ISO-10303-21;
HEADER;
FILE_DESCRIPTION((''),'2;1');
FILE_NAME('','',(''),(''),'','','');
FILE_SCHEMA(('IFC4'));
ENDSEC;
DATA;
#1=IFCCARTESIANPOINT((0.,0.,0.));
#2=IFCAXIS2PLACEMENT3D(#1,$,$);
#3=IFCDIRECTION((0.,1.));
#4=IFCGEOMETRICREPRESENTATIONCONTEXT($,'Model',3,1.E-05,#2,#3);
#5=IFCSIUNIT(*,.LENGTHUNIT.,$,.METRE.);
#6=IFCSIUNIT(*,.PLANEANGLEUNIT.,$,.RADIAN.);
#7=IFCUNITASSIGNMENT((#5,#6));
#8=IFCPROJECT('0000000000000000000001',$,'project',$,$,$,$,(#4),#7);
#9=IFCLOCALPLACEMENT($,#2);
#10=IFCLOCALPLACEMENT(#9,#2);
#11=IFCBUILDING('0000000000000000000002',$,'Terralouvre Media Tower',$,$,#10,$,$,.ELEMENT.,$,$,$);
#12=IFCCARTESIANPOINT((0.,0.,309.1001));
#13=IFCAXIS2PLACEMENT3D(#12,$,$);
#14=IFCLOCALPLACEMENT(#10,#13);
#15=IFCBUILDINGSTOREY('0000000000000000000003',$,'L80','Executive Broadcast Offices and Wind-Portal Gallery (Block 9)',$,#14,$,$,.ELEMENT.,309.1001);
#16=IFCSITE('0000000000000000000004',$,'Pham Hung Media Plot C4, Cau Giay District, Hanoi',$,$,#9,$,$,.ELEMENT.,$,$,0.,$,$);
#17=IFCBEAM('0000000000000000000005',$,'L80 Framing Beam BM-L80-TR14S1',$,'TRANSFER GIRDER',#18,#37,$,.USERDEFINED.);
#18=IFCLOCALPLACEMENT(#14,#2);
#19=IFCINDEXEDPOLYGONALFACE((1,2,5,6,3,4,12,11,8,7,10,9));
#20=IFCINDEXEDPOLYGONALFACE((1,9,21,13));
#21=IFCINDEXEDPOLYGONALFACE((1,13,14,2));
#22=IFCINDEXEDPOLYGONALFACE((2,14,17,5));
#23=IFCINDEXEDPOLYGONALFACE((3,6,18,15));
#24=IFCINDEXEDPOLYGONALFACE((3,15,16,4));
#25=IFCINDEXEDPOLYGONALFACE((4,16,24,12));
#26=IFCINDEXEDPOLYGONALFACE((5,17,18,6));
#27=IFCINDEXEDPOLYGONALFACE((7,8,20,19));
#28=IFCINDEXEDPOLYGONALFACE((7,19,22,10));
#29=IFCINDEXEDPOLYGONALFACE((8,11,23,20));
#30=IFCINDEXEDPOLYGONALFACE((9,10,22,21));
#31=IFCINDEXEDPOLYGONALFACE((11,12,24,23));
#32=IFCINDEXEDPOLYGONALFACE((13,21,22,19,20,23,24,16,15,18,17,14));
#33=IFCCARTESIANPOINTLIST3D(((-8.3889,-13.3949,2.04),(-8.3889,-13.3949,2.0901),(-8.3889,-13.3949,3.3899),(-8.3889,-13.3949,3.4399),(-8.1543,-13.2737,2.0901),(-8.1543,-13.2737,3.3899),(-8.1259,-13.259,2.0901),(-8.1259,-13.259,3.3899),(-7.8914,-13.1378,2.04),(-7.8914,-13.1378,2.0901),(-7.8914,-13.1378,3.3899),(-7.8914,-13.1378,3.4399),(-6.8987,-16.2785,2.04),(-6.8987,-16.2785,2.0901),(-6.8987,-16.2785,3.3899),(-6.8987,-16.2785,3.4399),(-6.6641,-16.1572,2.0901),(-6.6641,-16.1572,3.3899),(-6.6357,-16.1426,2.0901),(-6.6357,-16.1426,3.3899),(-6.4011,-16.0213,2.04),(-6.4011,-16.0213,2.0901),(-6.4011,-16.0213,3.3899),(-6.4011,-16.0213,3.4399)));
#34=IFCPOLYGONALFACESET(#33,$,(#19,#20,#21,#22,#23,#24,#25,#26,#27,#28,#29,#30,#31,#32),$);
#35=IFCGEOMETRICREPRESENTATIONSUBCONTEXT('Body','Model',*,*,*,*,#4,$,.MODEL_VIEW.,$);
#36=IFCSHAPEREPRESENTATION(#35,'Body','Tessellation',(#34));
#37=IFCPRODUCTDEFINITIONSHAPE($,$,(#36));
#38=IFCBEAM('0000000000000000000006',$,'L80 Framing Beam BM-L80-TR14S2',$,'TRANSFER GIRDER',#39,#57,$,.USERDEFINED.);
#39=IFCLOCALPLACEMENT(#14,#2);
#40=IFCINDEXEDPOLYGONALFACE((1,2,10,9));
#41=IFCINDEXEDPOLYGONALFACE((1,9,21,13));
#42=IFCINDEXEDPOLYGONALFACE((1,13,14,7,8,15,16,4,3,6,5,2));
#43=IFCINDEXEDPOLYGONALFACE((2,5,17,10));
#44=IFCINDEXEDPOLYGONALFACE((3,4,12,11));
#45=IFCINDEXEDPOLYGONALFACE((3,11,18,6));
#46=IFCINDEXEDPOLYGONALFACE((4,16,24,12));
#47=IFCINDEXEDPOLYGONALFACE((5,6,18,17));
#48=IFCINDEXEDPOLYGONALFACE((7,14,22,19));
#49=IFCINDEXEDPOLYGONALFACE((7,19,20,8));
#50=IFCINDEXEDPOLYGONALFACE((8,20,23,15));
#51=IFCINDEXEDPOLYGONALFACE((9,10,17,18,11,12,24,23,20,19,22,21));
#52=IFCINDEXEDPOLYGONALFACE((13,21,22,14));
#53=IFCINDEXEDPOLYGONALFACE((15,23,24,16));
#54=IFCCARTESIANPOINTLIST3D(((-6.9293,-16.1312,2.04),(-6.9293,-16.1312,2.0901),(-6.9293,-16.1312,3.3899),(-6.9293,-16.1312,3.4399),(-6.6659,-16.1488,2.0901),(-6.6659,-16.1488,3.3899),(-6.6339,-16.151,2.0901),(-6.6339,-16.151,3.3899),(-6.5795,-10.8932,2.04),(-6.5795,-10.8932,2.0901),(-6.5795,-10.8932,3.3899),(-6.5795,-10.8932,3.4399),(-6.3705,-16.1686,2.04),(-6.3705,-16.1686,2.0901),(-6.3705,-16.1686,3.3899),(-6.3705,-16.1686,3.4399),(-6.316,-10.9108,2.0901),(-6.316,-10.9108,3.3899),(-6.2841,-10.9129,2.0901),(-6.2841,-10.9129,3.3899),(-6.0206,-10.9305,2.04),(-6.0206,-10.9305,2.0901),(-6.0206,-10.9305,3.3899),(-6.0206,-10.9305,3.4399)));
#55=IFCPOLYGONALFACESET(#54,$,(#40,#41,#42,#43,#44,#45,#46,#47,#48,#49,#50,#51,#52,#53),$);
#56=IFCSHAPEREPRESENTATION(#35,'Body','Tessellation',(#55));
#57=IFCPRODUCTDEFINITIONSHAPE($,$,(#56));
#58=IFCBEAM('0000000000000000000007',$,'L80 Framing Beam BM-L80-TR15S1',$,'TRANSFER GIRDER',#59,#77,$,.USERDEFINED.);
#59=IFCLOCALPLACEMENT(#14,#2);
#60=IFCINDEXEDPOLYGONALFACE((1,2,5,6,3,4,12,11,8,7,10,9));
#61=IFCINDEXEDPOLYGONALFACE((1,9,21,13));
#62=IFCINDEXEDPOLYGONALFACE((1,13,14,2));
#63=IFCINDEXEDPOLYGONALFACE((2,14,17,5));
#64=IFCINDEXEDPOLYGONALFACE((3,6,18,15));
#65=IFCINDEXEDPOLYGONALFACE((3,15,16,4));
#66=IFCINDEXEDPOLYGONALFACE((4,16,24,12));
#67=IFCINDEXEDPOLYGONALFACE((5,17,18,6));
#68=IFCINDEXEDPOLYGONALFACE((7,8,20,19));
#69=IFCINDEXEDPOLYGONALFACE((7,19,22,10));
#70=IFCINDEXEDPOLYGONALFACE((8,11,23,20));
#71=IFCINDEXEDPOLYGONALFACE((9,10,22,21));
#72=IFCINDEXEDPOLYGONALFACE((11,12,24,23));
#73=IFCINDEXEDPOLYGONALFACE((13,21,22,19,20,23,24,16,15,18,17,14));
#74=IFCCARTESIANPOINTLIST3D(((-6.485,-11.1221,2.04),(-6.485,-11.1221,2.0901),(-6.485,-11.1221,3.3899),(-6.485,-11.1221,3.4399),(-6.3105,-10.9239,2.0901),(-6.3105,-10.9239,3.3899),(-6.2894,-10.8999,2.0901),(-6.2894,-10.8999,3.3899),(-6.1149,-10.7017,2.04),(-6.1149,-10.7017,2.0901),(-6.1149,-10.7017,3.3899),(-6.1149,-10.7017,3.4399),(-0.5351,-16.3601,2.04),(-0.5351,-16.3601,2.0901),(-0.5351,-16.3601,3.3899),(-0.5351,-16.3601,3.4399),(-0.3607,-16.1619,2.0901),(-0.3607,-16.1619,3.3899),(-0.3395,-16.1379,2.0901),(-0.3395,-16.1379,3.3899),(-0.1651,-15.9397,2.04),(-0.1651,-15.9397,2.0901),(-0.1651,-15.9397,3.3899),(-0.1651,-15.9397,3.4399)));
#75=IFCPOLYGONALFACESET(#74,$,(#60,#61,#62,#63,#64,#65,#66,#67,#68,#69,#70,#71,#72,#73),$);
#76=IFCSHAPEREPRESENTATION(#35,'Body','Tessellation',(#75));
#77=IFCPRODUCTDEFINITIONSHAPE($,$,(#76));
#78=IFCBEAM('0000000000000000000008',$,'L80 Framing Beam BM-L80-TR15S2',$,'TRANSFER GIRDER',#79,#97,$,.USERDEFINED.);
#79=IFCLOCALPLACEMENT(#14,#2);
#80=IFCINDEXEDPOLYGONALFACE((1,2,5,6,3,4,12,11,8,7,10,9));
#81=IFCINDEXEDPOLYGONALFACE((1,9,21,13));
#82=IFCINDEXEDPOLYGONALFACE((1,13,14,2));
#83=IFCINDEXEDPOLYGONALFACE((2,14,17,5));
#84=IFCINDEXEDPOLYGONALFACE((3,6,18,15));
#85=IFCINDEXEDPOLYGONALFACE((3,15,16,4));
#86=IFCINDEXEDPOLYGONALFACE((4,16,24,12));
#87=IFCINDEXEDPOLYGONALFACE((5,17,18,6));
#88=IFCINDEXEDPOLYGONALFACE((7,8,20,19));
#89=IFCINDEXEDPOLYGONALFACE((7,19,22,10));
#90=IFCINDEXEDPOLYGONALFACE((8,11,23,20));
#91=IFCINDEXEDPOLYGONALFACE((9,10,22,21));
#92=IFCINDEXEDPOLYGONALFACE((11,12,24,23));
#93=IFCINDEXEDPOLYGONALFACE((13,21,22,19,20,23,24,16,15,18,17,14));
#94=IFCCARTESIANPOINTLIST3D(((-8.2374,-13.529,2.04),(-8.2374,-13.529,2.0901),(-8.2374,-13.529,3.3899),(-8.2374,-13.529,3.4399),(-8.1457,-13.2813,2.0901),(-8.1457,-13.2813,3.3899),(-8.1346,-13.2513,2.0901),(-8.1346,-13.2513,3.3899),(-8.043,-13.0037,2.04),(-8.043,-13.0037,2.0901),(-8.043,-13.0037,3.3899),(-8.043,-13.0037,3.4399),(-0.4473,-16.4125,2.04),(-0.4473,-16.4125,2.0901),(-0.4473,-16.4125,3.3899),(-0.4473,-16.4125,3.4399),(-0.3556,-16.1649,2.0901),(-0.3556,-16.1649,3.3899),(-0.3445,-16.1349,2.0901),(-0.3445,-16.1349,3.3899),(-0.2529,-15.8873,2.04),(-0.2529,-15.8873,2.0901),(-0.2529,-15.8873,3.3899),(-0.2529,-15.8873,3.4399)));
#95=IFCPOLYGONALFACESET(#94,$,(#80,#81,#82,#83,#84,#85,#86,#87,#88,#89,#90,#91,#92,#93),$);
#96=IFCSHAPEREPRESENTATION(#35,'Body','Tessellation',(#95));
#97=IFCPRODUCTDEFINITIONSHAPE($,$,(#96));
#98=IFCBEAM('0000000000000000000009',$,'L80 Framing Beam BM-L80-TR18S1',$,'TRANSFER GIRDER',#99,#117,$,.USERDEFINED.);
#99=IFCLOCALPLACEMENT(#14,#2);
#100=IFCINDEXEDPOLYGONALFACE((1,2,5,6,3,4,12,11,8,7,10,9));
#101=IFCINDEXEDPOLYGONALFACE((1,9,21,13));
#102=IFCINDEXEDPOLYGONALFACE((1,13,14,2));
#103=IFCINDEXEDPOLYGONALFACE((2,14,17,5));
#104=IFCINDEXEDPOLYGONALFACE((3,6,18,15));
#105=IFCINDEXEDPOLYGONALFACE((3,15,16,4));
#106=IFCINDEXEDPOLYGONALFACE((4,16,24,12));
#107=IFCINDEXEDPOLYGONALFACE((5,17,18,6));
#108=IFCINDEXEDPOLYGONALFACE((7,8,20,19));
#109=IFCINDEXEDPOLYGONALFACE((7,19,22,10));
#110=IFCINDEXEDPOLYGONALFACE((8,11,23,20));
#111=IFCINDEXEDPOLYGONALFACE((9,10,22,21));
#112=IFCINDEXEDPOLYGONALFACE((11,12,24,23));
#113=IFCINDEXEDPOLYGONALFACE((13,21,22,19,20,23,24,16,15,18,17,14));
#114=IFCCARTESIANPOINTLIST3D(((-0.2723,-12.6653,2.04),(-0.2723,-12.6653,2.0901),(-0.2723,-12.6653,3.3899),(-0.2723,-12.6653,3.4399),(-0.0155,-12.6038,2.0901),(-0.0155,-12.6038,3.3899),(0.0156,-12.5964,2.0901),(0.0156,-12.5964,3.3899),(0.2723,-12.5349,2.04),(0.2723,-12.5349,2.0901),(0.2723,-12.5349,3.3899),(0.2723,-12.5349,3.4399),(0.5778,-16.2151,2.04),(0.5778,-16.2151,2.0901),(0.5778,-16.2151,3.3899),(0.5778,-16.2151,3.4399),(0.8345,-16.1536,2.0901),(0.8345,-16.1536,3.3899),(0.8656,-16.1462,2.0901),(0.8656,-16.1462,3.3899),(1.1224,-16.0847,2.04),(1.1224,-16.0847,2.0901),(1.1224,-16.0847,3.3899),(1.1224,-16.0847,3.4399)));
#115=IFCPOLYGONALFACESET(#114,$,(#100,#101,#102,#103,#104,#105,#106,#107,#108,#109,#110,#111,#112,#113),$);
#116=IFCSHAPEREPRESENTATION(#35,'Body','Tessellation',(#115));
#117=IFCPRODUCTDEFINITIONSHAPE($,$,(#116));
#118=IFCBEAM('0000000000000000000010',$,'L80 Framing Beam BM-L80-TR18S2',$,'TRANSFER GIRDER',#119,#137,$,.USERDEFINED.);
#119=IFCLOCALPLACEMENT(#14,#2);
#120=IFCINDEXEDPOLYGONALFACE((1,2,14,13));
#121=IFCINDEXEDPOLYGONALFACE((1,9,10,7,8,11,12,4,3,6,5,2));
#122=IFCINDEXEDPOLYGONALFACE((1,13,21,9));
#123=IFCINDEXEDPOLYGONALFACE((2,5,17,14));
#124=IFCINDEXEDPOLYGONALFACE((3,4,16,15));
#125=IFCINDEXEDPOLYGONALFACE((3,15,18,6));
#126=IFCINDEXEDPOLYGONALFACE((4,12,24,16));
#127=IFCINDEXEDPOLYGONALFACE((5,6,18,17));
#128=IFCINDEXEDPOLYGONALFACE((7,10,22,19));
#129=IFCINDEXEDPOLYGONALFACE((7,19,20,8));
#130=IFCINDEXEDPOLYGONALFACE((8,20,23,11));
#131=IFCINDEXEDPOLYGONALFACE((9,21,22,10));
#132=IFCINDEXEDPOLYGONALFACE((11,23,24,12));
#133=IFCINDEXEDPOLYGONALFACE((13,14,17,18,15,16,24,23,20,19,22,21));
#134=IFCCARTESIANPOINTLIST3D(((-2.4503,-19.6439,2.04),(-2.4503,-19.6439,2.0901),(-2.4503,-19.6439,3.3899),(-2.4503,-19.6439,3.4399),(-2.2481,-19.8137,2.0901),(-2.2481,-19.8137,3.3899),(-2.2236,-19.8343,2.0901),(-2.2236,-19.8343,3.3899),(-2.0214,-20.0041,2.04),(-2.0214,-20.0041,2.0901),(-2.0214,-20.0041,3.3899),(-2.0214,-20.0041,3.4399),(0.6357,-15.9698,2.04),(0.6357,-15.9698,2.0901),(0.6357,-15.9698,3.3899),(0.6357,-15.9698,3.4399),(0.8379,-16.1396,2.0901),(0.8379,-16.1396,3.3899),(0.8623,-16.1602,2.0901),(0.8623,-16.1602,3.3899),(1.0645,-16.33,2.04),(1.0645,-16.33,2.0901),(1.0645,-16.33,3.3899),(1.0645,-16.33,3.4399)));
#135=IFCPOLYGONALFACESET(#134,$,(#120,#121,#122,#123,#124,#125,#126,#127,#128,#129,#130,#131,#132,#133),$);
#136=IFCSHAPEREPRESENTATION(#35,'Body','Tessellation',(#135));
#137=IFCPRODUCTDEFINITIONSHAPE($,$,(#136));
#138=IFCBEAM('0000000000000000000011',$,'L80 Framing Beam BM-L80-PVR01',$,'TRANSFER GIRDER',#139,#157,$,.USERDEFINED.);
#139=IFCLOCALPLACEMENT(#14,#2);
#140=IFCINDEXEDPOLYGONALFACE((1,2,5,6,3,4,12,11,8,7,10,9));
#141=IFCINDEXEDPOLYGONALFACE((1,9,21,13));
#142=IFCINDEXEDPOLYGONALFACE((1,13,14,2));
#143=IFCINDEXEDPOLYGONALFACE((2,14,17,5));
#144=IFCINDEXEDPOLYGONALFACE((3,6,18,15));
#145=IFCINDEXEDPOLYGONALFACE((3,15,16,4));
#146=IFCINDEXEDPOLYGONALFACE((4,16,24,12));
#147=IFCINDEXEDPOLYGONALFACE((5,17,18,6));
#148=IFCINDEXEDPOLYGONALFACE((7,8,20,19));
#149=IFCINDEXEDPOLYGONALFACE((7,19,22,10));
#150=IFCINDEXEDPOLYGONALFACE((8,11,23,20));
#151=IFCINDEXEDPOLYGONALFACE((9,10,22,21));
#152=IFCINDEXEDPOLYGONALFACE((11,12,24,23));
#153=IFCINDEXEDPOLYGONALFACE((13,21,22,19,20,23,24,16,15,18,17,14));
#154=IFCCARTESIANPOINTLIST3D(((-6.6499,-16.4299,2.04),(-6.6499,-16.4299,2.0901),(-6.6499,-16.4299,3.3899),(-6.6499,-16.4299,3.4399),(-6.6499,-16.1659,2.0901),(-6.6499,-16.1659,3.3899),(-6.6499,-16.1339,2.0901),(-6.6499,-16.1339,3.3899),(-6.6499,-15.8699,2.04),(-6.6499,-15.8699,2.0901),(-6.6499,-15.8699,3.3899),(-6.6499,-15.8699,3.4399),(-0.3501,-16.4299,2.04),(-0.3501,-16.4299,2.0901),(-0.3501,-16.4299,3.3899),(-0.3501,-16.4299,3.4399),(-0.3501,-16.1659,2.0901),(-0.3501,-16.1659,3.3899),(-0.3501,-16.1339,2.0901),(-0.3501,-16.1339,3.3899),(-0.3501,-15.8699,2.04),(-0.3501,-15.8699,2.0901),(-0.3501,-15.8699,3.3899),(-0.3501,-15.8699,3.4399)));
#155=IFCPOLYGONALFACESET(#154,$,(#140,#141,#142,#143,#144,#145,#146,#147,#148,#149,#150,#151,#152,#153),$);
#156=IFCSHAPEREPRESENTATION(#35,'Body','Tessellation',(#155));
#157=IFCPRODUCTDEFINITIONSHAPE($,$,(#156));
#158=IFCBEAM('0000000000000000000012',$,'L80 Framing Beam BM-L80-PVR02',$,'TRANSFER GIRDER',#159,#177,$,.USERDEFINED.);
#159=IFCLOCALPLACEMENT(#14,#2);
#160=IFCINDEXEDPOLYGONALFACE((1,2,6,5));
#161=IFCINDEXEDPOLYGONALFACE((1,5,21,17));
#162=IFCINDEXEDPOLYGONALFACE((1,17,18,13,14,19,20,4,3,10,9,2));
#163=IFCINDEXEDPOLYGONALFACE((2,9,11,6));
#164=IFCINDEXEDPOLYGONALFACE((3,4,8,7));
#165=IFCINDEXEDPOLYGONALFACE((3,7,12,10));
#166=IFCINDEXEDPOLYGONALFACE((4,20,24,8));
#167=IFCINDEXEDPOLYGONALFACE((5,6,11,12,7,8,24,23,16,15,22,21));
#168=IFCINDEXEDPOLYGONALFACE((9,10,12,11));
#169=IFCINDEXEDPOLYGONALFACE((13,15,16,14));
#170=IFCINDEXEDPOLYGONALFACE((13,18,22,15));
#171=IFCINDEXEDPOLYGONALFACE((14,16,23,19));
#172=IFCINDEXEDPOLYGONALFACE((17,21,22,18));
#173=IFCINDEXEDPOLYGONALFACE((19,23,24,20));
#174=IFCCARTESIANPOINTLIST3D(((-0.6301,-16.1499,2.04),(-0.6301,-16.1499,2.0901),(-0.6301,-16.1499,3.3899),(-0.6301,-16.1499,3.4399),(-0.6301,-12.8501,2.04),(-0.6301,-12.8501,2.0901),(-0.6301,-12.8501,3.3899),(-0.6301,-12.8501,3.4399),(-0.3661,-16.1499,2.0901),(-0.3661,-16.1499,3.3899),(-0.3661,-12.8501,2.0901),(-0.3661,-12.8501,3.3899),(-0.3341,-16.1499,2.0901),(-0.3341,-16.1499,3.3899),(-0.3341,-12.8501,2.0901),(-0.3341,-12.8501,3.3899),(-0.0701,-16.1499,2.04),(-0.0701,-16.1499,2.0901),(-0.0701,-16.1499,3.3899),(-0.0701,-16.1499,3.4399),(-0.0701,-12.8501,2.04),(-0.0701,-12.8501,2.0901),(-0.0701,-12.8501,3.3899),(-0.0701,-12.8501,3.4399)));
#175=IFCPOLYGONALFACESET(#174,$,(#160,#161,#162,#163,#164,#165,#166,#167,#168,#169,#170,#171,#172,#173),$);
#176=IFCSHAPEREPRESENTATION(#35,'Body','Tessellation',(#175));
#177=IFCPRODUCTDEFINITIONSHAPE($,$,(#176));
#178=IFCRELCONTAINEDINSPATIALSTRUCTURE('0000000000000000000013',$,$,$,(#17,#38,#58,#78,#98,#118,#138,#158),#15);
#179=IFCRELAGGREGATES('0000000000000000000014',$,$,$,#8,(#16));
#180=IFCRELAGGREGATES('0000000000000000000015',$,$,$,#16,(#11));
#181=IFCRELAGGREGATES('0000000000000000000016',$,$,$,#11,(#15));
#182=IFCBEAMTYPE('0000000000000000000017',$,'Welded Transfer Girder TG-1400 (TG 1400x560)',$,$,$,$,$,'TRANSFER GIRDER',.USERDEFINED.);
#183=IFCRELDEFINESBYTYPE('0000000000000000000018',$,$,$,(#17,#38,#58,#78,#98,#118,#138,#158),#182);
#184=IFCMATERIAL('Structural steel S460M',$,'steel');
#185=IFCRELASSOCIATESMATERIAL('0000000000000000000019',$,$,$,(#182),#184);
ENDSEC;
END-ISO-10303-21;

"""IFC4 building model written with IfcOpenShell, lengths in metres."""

from ifc_helpers import new_model, si_unit, direction, frame, origin, origin_2d, place, context, subcontext, project, spatial, i_section, extrude, material, material_profile, profile_set, type_object, element, save


model = new_model("IFC4")

# Units and contexts
model_context = context("Model", 3, precision=1e-05, world=origin(), true_north=direction((0.0, 1.0)))
body_context = subcontext(model_context, "Body", "Model", "MODEL_VIEW")
ifc_project = project(units=[si_unit("LENGTHUNIT", "METRE"), si_unit("PLANEANGLEUNIT", "RADIAN")], contexts=[model_context])

# Site, building, storey
site_placement = place(None, origin())
site = spatial("IfcSite", under=ifc_project, at=site_placement, Name="Pham Hung Media Plot C4, Cau Giay District, Hanoi", CompositionType="ELEMENT", RefElevation=0.0)
building_placement = place(site_placement, origin())
building = spatial("IfcBuilding", under=site, at=building_placement, Name="Terralouvre Media Tower", CompositionType="ELEMENT")
storey_placement = place(building_placement, frame((0.0, 0.0, 309.1001)))
storey = spatial("IfcBuildingStorey", under=building, at=storey_placement, Name="L80", Description="Executive Broadcast Offices and Wind-Portal Gallery (Block 9)", CompositionType="ELEMENT", Elevation=309.1001)

# Beams
ifc_material_1 = material(Name="Structural steel S460M", Category="steel")
ifc_material_profile_1 = material_profile(ifc_material_1, i_section(OverallWidth=0.5601, OverallDepth=1.3999, WebThickness=0.032, FlangeThickness=0.05, at=origin_2d()), Name="TG 1400x560")
ifc_profile_set_1 = profile_set([ifc_material_profile_1], Name="Structural steel S460M")
beam_type = type_object("IfcBeamType", Name="Welded Transfer Girder TG-1400 (TG 1400x560)", ElementType="TRANSFER GIRDER", PredefinedType="USERDEFINED", material=ifc_profile_set_1)
beam_1_placement = place(storey_placement, frame((-6.6499, -16.1499, 2.74), z_axis=(-0.459118, 0.888375, 0.0), x_axis=(-0.888375, -0.459118, 0.0)))
element("IfcBeam", 1, at=beam_1_placement, inside=storey, type_object=beam_type, Name="L80 Framing Beam BM-L80-TR14S1", ObjectType="TRANSFER GIRDER", PredefinedType="USERDEFINED", context=body_context, shape_type="SweptSolid", body=[
    extrude(i_section(OverallWidth=0.5601, OverallDepth=1.3999, WebThickness=0.032, FlangeThickness=0.05, at=origin_2d()), origin(), (0.0, 0.0, 1.0), 3.2458),
])
beam_2_placement = place(storey_placement, frame((-6.6499, -16.1499, 2.74), z_axis=(0.066642, 0.997777, 0.0), x_axis=(-0.997777, 0.066642, 0.0)))
element("IfcBeam", 2, at=beam_2_placement, inside=storey, type_object=beam_type, Name="L80 Framing Beam BM-L80-TR14S2", ObjectType="TRANSFER GIRDER", PredefinedType="USERDEFINED", context=body_context, shape_type="SweptSolid", body=[
    extrude(i_section(OverallWidth=0.5601, OverallDepth=1.3999, WebThickness=0.032, FlangeThickness=0.05, at=origin_2d()), origin(), (0.0, 0.0, 1.0), 5.2498),
])
beam_3_placement = place(storey_placement, frame((-0.3501, -16.1499, 2.74), z_axis=(-0.750583, 0.660776, 0.0), x_axis=(-0.660776, -0.750583, 0.0)))
element("IfcBeam", 3, at=beam_3_placement, inside=storey, type_object=beam_type, Name="L80 Framing Beam BM-L80-TR15S1", ObjectType="TRANSFER GIRDER", PredefinedType="USERDEFINED", context=body_context, shape_type="SweptSolid", body=[
    extrude(i_section(OverallWidth=0.5601, OverallDepth=1.3999, WebThickness=0.032, FlangeThickness=0.05, at=origin_2d()), origin(), (0.0, 0.0, 1.0), 7.927),
])
beam_4_placement = place(storey_placement, frame((-0.3501, -16.1499, 2.74), z_axis=(-0.937814, 0.347139, 0.0), x_axis=(-0.347139, -0.937814, 0.0)))
element("IfcBeam", 4, at=beam_4_placement, inside=storey, type_object=beam_type, Name="L80 Framing Beam BM-L80-TR15S2", ObjectType="TRANSFER GIRDER", PredefinedType="USERDEFINED", context=body_context, shape_type="SweptSolid", body=[
    extrude(i_section(OverallWidth=0.5601, OverallDepth=1.3999, WebThickness=0.032, FlangeThickness=0.05, at=origin_2d()), origin(), (0.0, 0.0, 1.0), 8.3066),
])
beam_5_placement = place(storey_placement, frame((0.8501, -16.1499, 2.74), z_axis=(-0.232892, 0.972503, 0.0), x_axis=(-0.972503, -0.232892, 0.0)))
element("IfcBeam", 5, at=beam_5_placement, inside=storey, type_object=beam_type, Name="L80 Framing Beam BM-L80-TR18S1", ObjectType="TRANSFER GIRDER", PredefinedType="USERDEFINED", context=body_context, shape_type="SweptSolid", body=[
    extrude(i_section(OverallWidth=0.5601, OverallDepth=1.3999, WebThickness=0.032, FlangeThickness=0.05, at=origin_2d()), origin(), (0.0, 0.0, 1.0), 3.6501),
])
beam_6_placement = place(storey_placement, frame((0.8501, -16.1499, 2.74), z_axis=(-0.643157, -0.765734, 0.0), x_axis=(0.765734, -0.643157, 0.0)))
element("IfcBeam", 6, at=beam_6_placement, inside=storey, type_object=beam_type, Name="L80 Framing Beam BM-L80-TR18S2", ObjectType="TRANSFER GIRDER", PredefinedType="USERDEFINED", context=body_context, shape_type="SweptSolid", body=[
    extrude(i_section(OverallWidth=0.5601, OverallDepth=1.3999, WebThickness=0.032, FlangeThickness=0.05, at=origin_2d()), origin(), (0.0, 0.0, 1.0), 4.7981),
])
beam_7_placement = place(storey_placement, frame((-6.6499, -16.1499, 2.74), z_axis=(1.0, 0.0, 0.0), x_axis=(0.0, 1.0, 0.0)))
element("IfcBeam", 7, at=beam_7_placement, inside=storey, type_object=beam_type, Name="L80 Framing Beam BM-L80-PVR01", ObjectType="TRANSFER GIRDER", PredefinedType="USERDEFINED", context=body_context, shape_type="SweptSolid", body=[
    extrude(i_section(OverallWidth=0.5601, OverallDepth=1.3999, WebThickness=0.032, FlangeThickness=0.05, at=origin_2d()), origin(), (0.0, 0.0, 1.0), 6.2998),
])
beam_8_placement = place(storey_placement, frame((-0.3501, -16.1499, 2.74), z_axis=(0.0, 1.0, 0.0), x_axis=(-1.0, 0.0, 0.0)))
element("IfcBeam", 8, at=beam_8_placement, inside=storey, type_object=beam_type, Name="L80 Framing Beam BM-L80-PVR02", ObjectType="TRANSFER GIRDER", PredefinedType="USERDEFINED", context=body_context, shape_type="SweptSolid", body=[
    extrude(i_section(OverallWidth=0.5601, OverallDepth=1.3999, WebThickness=0.032, FlangeThickness=0.05, at=origin_2d()), origin(), (0.0, 0.0, 1.0), 3.2998),
])

save(model, "model.ifc")
